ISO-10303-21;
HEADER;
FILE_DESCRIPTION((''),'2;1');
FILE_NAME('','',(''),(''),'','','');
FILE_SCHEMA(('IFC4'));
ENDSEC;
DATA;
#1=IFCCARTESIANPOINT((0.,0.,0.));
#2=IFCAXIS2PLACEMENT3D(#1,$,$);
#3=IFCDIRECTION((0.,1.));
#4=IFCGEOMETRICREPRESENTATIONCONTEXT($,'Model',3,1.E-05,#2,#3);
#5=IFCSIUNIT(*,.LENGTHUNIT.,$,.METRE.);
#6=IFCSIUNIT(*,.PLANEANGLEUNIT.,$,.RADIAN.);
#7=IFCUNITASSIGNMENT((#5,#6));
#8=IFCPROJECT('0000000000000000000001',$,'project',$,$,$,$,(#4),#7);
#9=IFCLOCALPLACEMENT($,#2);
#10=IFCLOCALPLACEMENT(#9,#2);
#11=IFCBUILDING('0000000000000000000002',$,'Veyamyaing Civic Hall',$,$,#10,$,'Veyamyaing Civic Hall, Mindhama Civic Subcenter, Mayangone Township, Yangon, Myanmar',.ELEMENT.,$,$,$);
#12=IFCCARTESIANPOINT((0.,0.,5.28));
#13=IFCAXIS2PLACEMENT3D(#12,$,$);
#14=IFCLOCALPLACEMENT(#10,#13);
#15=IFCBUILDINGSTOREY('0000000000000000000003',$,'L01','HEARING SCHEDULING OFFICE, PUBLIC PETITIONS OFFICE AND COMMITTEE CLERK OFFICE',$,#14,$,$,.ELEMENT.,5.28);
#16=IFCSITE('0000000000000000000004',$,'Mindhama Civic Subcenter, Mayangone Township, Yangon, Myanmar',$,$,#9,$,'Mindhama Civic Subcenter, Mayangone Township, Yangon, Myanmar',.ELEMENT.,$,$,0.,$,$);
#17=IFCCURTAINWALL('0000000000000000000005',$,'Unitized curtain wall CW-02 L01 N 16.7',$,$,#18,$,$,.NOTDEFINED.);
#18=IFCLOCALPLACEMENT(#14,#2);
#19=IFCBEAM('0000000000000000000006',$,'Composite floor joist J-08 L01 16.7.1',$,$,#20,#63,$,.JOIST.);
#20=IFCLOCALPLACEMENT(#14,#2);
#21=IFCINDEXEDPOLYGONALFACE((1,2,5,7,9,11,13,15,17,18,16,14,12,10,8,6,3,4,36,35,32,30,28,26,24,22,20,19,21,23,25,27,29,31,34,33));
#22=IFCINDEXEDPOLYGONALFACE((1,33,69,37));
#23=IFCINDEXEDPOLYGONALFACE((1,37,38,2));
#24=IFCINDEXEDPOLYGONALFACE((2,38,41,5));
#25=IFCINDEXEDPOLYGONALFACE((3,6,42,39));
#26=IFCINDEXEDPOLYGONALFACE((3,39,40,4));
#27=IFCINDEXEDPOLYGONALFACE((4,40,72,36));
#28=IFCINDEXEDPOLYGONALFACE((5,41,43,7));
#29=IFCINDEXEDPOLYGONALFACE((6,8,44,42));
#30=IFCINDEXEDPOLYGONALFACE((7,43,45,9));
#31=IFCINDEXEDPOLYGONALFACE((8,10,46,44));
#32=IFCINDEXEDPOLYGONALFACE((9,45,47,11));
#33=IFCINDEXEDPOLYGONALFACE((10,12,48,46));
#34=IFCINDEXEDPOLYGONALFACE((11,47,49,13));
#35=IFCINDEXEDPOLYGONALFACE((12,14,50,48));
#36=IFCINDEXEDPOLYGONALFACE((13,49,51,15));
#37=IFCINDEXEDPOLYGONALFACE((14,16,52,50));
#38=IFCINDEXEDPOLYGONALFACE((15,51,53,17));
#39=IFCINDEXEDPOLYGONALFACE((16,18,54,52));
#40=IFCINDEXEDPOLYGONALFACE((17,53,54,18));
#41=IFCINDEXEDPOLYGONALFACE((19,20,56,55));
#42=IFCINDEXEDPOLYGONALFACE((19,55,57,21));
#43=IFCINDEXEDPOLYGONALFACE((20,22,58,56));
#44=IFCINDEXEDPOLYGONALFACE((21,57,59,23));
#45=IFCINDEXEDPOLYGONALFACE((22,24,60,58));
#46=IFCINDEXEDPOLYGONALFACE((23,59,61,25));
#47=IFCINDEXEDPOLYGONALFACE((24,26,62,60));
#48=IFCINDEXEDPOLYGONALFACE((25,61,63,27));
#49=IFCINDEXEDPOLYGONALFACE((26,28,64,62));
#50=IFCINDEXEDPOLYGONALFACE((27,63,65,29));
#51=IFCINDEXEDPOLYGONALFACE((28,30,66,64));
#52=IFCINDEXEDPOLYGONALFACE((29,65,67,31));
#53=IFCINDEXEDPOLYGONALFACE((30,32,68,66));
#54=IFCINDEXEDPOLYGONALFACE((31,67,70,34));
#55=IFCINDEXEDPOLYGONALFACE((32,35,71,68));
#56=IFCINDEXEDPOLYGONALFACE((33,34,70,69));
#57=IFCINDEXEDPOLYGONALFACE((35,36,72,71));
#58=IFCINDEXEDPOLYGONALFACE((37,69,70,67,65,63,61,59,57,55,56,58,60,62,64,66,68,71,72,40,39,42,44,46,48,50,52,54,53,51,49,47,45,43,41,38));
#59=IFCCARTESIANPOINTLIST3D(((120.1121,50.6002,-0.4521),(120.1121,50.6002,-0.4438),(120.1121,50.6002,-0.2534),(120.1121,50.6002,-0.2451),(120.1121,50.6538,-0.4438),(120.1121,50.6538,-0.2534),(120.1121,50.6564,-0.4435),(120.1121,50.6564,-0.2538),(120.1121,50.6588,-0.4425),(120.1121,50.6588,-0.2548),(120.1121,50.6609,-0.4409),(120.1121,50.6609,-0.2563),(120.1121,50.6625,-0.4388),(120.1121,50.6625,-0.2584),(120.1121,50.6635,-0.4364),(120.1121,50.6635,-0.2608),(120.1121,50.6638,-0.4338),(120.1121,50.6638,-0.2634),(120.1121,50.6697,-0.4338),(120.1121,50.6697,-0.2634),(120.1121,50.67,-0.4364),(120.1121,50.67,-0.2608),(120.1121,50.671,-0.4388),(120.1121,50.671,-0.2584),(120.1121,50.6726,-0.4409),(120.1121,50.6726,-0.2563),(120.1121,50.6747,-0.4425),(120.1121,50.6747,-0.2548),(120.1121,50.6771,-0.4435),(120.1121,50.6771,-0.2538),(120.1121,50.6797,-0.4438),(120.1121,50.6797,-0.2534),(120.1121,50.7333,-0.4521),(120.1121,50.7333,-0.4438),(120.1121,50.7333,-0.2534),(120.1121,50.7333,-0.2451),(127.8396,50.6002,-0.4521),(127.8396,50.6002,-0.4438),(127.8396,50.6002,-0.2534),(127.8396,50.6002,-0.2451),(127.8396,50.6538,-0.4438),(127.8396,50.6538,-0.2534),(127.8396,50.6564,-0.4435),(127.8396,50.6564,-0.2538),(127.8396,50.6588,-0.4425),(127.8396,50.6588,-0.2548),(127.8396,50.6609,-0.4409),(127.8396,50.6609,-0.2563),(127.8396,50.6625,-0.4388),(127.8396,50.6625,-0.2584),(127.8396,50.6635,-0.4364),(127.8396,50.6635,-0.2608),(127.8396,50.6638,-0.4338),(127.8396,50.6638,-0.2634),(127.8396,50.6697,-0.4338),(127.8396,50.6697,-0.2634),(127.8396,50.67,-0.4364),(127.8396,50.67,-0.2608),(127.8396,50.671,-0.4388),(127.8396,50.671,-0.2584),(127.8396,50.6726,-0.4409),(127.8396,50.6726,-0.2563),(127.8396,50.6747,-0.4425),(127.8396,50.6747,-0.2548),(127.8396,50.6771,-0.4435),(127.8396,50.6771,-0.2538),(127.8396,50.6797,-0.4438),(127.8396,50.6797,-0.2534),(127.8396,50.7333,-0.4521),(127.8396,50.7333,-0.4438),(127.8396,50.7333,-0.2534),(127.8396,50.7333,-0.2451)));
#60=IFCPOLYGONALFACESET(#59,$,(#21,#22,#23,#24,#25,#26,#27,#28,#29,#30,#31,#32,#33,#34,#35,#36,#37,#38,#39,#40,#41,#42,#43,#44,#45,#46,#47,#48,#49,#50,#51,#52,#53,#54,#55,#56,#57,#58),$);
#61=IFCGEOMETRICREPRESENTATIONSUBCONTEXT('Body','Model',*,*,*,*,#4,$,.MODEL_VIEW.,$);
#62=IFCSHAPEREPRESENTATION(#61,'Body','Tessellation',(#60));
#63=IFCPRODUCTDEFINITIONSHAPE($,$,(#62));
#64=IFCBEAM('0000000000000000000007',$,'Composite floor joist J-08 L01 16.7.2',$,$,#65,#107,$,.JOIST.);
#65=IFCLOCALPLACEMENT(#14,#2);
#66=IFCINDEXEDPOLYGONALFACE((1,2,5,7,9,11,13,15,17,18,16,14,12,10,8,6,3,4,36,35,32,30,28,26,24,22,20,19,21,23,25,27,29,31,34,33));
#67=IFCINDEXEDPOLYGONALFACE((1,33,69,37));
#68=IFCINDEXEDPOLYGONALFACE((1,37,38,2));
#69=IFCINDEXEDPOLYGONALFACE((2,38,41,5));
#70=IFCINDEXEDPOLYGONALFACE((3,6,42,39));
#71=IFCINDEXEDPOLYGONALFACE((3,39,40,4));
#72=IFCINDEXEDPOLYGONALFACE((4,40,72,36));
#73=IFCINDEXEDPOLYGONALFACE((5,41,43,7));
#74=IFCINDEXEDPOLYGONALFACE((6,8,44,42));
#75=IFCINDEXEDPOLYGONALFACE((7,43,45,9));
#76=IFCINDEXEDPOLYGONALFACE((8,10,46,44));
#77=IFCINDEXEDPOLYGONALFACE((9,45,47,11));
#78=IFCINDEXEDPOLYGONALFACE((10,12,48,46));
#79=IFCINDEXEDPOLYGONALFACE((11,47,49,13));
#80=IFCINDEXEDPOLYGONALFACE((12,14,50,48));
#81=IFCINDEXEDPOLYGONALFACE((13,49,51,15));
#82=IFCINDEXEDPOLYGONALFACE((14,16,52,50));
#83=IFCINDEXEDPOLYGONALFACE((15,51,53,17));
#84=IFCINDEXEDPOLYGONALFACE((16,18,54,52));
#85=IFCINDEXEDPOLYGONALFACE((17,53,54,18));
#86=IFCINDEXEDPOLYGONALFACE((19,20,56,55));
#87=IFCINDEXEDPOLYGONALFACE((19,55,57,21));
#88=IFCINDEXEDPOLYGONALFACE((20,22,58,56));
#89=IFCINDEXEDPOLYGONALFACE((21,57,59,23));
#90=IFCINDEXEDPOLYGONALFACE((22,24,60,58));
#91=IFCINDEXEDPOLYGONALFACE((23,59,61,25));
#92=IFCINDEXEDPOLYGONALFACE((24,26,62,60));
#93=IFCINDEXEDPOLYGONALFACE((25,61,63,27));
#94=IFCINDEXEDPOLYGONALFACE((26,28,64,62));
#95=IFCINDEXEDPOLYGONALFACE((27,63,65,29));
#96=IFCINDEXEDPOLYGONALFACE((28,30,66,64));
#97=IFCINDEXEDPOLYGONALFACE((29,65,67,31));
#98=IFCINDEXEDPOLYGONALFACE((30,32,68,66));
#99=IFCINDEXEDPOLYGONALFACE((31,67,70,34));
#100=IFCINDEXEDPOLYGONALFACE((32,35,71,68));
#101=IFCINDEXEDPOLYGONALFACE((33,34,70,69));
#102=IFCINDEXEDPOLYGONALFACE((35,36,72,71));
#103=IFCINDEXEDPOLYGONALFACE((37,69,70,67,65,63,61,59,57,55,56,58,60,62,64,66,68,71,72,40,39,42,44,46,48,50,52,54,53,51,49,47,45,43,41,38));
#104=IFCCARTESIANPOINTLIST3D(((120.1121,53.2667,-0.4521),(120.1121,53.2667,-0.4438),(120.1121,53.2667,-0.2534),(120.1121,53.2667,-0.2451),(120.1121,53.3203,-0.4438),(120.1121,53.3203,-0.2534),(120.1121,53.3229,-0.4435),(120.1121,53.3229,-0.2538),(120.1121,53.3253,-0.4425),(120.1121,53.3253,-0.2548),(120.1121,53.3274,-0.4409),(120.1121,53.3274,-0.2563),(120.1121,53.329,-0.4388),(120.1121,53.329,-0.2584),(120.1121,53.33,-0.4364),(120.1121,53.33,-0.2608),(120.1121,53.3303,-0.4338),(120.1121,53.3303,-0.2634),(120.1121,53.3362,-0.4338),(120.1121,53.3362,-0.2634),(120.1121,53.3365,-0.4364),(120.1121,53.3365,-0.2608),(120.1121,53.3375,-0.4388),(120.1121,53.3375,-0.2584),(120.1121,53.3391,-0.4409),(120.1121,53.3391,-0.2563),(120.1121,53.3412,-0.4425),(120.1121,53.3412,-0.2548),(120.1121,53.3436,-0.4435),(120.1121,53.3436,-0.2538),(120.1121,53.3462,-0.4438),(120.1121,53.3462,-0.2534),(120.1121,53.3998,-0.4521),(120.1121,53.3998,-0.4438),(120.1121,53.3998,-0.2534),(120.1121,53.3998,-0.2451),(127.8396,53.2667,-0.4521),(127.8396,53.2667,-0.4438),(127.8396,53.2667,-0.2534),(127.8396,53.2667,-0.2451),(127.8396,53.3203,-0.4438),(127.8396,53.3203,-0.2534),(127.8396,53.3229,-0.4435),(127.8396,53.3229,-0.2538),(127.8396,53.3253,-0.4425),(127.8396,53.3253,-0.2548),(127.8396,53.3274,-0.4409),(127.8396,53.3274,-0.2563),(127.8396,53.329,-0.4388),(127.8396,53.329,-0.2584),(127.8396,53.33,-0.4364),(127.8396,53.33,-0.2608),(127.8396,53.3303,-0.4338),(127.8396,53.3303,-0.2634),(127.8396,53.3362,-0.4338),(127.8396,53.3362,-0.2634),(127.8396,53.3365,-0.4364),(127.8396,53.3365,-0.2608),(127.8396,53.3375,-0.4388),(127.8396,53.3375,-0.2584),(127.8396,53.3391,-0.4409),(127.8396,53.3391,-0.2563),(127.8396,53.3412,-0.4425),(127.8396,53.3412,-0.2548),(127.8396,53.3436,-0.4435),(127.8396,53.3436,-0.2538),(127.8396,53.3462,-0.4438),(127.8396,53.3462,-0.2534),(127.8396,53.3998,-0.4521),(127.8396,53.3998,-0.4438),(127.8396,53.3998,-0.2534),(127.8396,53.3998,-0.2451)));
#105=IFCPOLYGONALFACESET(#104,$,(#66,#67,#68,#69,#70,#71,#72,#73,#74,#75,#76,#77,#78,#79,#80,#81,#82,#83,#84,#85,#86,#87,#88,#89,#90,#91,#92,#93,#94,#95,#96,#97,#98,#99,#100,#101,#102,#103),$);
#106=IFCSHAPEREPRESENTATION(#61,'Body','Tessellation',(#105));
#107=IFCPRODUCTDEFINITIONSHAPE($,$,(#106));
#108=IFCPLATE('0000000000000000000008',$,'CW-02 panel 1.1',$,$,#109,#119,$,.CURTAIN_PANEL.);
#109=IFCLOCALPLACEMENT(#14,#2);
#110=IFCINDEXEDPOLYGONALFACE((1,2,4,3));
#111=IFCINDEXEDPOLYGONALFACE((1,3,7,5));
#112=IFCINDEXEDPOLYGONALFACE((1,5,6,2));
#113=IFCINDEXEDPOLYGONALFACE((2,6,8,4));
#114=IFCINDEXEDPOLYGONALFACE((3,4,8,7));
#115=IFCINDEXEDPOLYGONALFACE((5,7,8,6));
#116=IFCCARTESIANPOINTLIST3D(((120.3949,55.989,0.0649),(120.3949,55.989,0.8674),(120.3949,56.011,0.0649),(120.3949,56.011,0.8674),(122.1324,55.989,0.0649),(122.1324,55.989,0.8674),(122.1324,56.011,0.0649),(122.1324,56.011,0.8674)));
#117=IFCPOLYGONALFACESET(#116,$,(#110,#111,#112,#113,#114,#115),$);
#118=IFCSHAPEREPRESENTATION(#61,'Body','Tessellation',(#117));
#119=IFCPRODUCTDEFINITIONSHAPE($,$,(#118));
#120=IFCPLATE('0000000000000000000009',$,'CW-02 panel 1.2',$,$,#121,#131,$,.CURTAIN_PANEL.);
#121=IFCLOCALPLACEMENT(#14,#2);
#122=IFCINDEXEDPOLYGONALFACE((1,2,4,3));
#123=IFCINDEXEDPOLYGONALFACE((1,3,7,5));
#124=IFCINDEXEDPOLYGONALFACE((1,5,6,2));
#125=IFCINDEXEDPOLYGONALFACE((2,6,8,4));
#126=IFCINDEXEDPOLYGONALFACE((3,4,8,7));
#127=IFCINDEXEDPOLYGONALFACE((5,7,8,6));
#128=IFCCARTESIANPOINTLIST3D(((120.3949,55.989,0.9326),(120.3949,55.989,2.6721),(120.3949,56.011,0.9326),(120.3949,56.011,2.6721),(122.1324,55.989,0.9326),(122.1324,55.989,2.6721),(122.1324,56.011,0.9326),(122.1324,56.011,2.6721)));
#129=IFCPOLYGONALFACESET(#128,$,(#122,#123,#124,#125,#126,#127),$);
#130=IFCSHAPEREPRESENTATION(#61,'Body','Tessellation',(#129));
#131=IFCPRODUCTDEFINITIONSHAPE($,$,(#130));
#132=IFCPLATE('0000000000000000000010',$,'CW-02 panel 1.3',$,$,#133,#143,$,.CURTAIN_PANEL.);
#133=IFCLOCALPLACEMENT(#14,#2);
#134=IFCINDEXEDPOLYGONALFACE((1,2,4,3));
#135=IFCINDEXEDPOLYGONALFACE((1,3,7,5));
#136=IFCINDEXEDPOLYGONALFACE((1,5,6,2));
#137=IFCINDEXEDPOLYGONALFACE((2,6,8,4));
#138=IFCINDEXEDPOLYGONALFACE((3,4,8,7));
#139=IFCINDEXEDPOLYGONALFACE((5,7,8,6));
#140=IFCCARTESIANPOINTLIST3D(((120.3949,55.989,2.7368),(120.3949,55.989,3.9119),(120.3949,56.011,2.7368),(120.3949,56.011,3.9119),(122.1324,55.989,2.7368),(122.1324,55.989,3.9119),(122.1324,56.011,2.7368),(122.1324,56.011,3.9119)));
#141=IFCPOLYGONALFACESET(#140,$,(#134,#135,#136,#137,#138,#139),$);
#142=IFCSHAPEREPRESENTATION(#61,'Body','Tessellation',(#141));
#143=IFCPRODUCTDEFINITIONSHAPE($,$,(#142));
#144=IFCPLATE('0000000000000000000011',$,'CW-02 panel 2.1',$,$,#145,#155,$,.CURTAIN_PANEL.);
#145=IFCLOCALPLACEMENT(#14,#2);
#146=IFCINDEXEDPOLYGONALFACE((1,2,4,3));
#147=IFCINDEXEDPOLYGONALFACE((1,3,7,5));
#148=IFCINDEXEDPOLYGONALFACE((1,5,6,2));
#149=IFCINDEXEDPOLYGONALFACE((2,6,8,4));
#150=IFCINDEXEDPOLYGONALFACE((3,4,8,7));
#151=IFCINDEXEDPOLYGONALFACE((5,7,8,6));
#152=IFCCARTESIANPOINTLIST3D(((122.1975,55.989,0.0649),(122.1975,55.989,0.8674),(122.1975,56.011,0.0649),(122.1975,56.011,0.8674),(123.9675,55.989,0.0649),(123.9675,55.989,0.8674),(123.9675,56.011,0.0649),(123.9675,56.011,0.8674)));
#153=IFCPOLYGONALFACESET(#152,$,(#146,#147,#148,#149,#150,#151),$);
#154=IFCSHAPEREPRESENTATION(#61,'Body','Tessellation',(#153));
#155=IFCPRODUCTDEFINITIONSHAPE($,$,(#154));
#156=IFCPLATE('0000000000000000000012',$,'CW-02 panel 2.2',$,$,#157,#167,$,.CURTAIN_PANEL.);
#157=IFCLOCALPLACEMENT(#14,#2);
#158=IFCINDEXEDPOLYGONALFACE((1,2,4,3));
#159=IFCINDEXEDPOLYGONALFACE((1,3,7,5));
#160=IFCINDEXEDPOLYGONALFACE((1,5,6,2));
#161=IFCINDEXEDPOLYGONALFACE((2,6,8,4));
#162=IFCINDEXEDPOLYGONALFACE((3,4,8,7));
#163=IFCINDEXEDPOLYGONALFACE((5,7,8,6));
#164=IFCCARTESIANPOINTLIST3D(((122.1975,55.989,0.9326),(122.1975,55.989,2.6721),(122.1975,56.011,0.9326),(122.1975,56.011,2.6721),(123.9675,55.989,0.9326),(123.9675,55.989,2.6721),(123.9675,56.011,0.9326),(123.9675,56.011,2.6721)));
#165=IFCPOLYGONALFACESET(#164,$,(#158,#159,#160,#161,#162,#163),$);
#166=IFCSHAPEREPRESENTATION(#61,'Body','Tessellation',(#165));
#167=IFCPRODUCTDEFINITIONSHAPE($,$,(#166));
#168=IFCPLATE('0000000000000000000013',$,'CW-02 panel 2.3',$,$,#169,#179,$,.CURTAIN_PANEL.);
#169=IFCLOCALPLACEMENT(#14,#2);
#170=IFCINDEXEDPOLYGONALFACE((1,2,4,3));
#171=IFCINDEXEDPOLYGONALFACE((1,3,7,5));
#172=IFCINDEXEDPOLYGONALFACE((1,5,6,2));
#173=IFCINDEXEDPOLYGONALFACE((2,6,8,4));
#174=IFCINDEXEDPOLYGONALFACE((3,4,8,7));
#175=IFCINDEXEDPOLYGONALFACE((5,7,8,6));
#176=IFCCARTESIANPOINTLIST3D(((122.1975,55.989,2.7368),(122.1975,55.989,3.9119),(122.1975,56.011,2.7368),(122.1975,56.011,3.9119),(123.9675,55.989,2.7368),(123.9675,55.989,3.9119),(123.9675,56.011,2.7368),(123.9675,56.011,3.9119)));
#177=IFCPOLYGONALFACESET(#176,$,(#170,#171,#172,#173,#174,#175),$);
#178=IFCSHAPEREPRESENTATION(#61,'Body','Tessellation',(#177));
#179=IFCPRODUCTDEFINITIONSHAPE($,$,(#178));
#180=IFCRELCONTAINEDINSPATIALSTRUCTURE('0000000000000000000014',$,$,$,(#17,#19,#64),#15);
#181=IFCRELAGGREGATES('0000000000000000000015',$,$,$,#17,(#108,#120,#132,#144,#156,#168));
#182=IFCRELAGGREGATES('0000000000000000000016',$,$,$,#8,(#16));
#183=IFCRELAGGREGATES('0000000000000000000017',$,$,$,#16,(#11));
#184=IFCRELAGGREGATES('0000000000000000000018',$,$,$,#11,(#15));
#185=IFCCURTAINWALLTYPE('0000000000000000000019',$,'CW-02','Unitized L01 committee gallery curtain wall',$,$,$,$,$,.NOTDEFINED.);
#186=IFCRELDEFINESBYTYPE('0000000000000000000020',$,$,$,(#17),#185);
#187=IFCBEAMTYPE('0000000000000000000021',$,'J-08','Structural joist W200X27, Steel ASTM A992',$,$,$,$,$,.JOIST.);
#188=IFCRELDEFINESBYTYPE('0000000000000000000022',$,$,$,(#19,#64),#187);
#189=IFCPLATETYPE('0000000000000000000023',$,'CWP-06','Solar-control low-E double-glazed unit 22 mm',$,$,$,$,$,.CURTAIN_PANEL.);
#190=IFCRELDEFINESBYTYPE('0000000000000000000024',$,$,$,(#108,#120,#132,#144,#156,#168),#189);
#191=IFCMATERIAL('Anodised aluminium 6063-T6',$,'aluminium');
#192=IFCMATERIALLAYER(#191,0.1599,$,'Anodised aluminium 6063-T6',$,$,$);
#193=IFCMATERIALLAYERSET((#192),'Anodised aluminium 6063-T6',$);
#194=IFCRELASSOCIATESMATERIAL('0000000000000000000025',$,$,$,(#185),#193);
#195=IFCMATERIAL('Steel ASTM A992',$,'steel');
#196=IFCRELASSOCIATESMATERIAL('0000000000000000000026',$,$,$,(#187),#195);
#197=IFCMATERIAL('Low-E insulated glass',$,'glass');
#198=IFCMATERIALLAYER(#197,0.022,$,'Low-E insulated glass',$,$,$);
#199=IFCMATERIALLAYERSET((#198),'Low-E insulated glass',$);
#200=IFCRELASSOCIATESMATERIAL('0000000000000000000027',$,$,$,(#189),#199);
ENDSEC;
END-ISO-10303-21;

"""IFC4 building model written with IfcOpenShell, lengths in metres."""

from ifc_helpers import new_model, si_unit, direction, frame, origin, origin_2d, place, context, subcontext, project, spatial, rectangle, i_section, extrude, material, layer, layer_set, material_profile, profile_set, type_object, element, aggregate, save


model = new_model("IFC4")

# Units and contexts
model_context = context("Model", 3, precision=1e-05, world=origin(), true_north=direction((0.0, 1.0)))
body_context = subcontext(model_context, "Body", "Model", "MODEL_VIEW")
ifc_project = project(units=[si_unit("LENGTHUNIT", "METRE"), si_unit("PLANEANGLEUNIT", "RADIAN")], contexts=[model_context])

# Site, building, storey
site_placement = place(None, origin())
site = spatial("IfcSite", under=ifc_project, at=site_placement, Name="Mindhama Civic Subcenter, Mayangone Township, Yangon, Myanmar", LongName="Mindhama Civic Subcenter, Mayangone Township, Yangon, Myanmar", CompositionType="ELEMENT", RefElevation=0.0)
building_placement = place(site_placement, origin())
building = spatial("IfcBuilding", under=site, at=building_placement, Name="Veyamyaing Civic Hall", LongName="Veyamyaing Civic Hall, Mindhama Civic Subcenter, Mayangone Township, Yangon, Myanmar", CompositionType="ELEMENT")
storey_placement = place(building_placement, frame((0.0, 0.0, 5.28)))
storey = spatial("IfcBuildingStorey", under=building, at=storey_placement, Name="L01", Description="HEARING SCHEDULING OFFICE, PUBLIC PETITIONS OFFICE AND COMMITTEE CLERK OFFICE", CompositionType="ELEMENT", Elevation=5.28)

# Shared definitions
ifc_material_1 = material(Name="Steel ASTM A992", Category="steel")

# Curtain wall
ifc_material_2 = material(Name="Anodised aluminium 6063-T6", Category="aluminium")
ifc_layer_1 = layer(ifc_material_2, 0.1599, Name="Anodised aluminium 6063-T6")
ifc_layer_set_1 = layer_set([ifc_layer_1], Name="Anodised aluminium 6063-T6")
curtain_wall_type = type_object("IfcCurtainWallType", Name="CW-02", Description="Unitized L01 committee gallery curtain wall", PredefinedType="NOTDEFINED", material=ifc_layer_set_1)
curtain_wall_placement = place(storey_placement, origin())
curtain_wall = element("IfcCurtainWall", 1, at=curtain_wall_placement, inside=storey, type_object=curtain_wall_type, Name="Unitized curtain wall CW-02 L01 N 16.7", PredefinedType="NOTDEFINED")

# Beams
ifc_material_profile_1 = material_profile(ifc_material_1, i_section(OverallWidth=0.1331, OverallDepth=0.207, WebThickness=0.0059, FlangeThickness=0.0083, FilletRadius=0.01, at=origin_2d()), Name="W200X27")
ifc_profile_set_1 = profile_set([ifc_material_profile_1], Name="Steel ASTM A992")
beam_type_1 = type_object("IfcBeamType", Name="J-08", Description="Structural joist W200X27, Steel ASTM A992", PredefinedType="JOIST", material=ifc_profile_set_1)
for number, where, z_axis, x_axis, name in (
    (2, (120.1121, 50.6667, -0.3486), (1.0, 0.0, 0.0), (0.0, 1.0, 0.0), "Composite floor joist J-08 L01 16.7.1"),
    (3, (120.1121, 53.3333, -0.3486), (1.0, 0.0, 0.0), (0.0, 1.0, 0.0), "Composite floor joist J-08 L01 16.7.2"),
):
    element("IfcBeam", number, at=place(storey_placement, frame(where, z_axis=z_axis, x_axis=x_axis)), inside=storey, type_object=beam_type_1, Name=name, PredefinedType="JOIST", context=body_context, shape_type="SweptSolid", body=[
        extrude(i_section(OverallWidth=0.1331, OverallDepth=0.207, WebThickness=0.0059, FlangeThickness=0.0083, FilletRadius=0.01, at=origin_2d()), origin(), (0.0, 0.0, 1.0), 7.7275),
    ])

# Plates
ifc_material_3 = material(Name="Low-E insulated glass", Category="glass")
ifc_layer_2 = layer(ifc_material_3, 0.022, Name="Low-E insulated glass")
ifc_layer_set_2 = layer_set([ifc_layer_2], Name="Low-E insulated glass")
plate_type = type_object("IfcPlateType", Name="CWP-06", Description="Solar-control low-E double-glazed unit 22 mm", PredefinedType="CURTAIN_PANEL", material=ifc_layer_set_2)
plate_1_placement = place(storey_placement, frame((121.2637, 56.0, 0.0649), z_axis=(0.0, 0.0, 1.0), x_axis=(1.0, 0.0, 0.0)))
plate_1 = element("IfcPlate", 4, at=plate_1_placement, type_object=plate_type, Name="CW-02 panel 1.1", PredefinedType="CURTAIN_PANEL", context=body_context, shape_type="SweptSolid", body=[
    extrude(rectangle(XDim=1.7375, YDim=0.022, at=origin_2d()), origin(), (0.0, 0.0, 1.0), 0.8025),
])
plate_2_placement = place(storey_placement, frame((121.2637, 56.0, 0.9326), z_axis=(0.0, 0.0, 1.0), x_axis=(1.0, 0.0, 0.0)))
plate_2 = element("IfcPlate", 5, at=plate_2_placement, type_object=plate_type, Name="CW-02 panel 1.2", PredefinedType="CURTAIN_PANEL", context=body_context, shape_type="SweptSolid", body=[
    extrude(rectangle(XDim=1.7375, YDim=0.022, at=origin_2d()), origin(), (0.0, 0.0, 1.0), 1.7395),
])
plate_3_placement = place(storey_placement, frame((121.2637, 56.0, 2.7368), z_axis=(0.0, 0.0, 1.0), x_axis=(1.0, 0.0, 0.0)))
plate_3 = element("IfcPlate", 6, at=plate_3_placement, type_object=plate_type, Name="CW-02 panel 1.3", PredefinedType="CURTAIN_PANEL", context=body_context, shape_type="SweptSolid", body=[
    extrude(rectangle(XDim=1.7375, YDim=0.022, at=origin_2d()), origin(), (0.0, 0.0, 1.0), 1.175),
])
plate_4_placement = place(storey_placement, frame((123.0825, 56.0, 0.0649), z_axis=(0.0, 0.0, 1.0), x_axis=(1.0, 0.0, 0.0)))
plate_4 = element("IfcPlate", 7, at=plate_4_placement, type_object=plate_type, Name="CW-02 panel 2.1", PredefinedType="CURTAIN_PANEL", context=body_context, shape_type="SweptSolid", body=[
    extrude(rectangle(XDim=1.77, YDim=0.022, at=origin_2d()), origin(), (0.0, 0.0, 1.0), 0.8025),
])
plate_5_placement = place(storey_placement, frame((123.0825, 56.0, 0.9326), z_axis=(0.0, 0.0, 1.0), x_axis=(1.0, 0.0, 0.0)))
plate_5 = element("IfcPlate", 8, at=plate_5_placement, type_object=plate_type, Name="CW-02 panel 2.2", PredefinedType="CURTAIN_PANEL", context=body_context, shape_type="SweptSolid", body=[
    extrude(rectangle(XDim=1.77, YDim=0.022, at=origin_2d()), origin(), (0.0, 0.0, 1.0), 1.7395),
])
plate_6_placement = place(storey_placement, frame((123.0825, 56.0, 2.7368), z_axis=(0.0, 0.0, 1.0), x_axis=(1.0, 0.0, 0.0)))
plate_6 = element("IfcPlate", 9, at=plate_6_placement, type_object=plate_type, Name="CW-02 panel 2.3", PredefinedType="CURTAIN_PANEL", context=body_context, shape_type="SweptSolid", body=[
    extrude(rectangle(XDim=1.77, YDim=0.022, at=origin_2d()), origin(), (0.0, 0.0, 1.0), 1.175),
])
aggregate(curtain_wall, [plate_1, plate_2, plate_3, plate_4, plate_5, plate_6])

save(model, "model.ifc")
